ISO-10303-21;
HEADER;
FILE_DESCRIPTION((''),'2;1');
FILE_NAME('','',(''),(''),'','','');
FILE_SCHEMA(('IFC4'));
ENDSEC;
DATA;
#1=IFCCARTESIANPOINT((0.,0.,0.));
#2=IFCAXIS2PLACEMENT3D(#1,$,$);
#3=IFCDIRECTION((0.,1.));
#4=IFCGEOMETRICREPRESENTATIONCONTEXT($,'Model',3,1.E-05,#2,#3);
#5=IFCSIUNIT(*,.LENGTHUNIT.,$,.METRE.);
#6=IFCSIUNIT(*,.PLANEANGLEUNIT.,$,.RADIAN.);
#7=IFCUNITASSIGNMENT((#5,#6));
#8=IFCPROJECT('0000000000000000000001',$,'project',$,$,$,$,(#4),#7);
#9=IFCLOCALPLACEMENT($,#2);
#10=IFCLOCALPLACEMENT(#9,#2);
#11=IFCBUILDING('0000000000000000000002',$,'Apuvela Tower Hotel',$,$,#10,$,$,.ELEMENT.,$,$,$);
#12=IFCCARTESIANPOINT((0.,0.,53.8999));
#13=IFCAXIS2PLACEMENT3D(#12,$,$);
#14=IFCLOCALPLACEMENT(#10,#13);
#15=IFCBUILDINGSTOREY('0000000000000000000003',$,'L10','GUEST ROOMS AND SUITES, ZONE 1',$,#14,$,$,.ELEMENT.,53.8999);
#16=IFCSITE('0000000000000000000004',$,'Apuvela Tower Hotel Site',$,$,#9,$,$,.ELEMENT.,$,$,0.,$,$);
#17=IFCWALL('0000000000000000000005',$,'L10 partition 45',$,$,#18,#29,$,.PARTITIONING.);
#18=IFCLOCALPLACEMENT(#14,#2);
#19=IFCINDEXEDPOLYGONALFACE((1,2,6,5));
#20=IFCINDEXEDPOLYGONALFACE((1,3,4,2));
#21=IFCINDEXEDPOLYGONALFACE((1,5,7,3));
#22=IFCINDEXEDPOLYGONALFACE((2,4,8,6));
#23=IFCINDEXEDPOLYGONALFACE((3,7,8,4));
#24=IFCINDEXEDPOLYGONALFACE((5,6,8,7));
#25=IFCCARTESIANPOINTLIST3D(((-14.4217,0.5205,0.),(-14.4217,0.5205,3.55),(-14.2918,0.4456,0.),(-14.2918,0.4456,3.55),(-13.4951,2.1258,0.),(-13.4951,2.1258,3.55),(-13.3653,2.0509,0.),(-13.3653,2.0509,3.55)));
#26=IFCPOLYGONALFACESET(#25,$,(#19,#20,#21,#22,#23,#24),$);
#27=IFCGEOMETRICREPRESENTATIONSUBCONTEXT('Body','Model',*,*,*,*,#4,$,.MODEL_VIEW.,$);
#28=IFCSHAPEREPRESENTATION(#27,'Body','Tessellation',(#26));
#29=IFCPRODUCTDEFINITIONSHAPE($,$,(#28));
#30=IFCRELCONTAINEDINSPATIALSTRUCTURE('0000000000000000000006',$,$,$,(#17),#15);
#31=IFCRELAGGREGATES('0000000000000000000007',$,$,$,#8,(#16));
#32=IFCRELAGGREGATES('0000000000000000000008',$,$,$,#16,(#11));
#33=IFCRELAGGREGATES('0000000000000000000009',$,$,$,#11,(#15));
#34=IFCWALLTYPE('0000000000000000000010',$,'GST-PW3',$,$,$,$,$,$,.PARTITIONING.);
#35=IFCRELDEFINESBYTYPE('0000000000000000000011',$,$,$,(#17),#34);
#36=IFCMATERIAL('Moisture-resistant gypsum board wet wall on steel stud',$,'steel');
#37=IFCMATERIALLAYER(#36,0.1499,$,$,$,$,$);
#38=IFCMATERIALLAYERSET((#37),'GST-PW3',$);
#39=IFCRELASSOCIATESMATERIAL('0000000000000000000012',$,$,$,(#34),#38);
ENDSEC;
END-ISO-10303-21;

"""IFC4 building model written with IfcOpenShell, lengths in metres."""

from ifc_helpers import new_model, si_unit, direction, frame, frame_2d, origin, place, context, subcontext, project, spatial, rectangle, extrude, material, layer, layer_set, type_object, element, save


model = new_model("IFC4")

# Units and contexts
model_context = context("Model", 3, precision=1e-05, world=origin(), true_north=direction((0.0, 1.0)))
body_context = subcontext(model_context, "Body", "Model", "MODEL_VIEW")
ifc_project = project(units=[si_unit("LENGTHUNIT", "METRE"), si_unit("PLANEANGLEUNIT", "RADIAN")], contexts=[model_context])

# Site, building, storey
site_placement = place(None, origin())
site = spatial("IfcSite", under=ifc_project, at=site_placement, Name="Apuvela Tower Hotel Site", CompositionType="ELEMENT", RefElevation=0.0)
building_placement = place(site_placement, origin())
building = spatial("IfcBuilding", under=site, at=building_placement, Name="Apuvela Tower Hotel", CompositionType="ELEMENT")
storey_placement = place(building_placement, frame((0.0, 0.0, 53.8999)))
storey = spatial("IfcBuildingStorey", under=building, at=storey_placement, Name="L10", Description="GUEST ROOMS AND SUITES, ZONE 1", CompositionType="ELEMENT", Elevation=53.8999)

# Shared definitions
ifc_material_1 = material(Name="Moisture-resistant gypsum board wet wall on steel stud", Category="steel")
ifc_layer_1 = layer(ifc_material_1, 0.1499)
ifc_layer_set_1 = layer_set([ifc_layer_1], Name="GST-PW3")
wall_type_1 = type_object("IfcWallType", Name="GST-PW3", PredefinedType="PARTITIONING", material=ifc_layer_set_1)

# Wall
wall_1_placement = place(storey_placement, frame((-13.4302, 2.0884, 0.0), z_axis=(0.0, 0.0, 1.0), x_axis=(-0.499893, -0.866087, 0.0)))
element("IfcWall", 1, at=wall_1_placement, inside=storey, type_object=wall_type_1, Name="L10 partition 45", PredefinedType="PARTITIONING", context=body_context, shape_type="SweptSolid", body=[
    extrude(rectangle(XDim=1.8535, YDim=0.1499, at=frame_2d((0.9268, 0.0))), origin(), (0.0, 0.0, 1.0), 3.55),
])

save(model, "model.ifc")
